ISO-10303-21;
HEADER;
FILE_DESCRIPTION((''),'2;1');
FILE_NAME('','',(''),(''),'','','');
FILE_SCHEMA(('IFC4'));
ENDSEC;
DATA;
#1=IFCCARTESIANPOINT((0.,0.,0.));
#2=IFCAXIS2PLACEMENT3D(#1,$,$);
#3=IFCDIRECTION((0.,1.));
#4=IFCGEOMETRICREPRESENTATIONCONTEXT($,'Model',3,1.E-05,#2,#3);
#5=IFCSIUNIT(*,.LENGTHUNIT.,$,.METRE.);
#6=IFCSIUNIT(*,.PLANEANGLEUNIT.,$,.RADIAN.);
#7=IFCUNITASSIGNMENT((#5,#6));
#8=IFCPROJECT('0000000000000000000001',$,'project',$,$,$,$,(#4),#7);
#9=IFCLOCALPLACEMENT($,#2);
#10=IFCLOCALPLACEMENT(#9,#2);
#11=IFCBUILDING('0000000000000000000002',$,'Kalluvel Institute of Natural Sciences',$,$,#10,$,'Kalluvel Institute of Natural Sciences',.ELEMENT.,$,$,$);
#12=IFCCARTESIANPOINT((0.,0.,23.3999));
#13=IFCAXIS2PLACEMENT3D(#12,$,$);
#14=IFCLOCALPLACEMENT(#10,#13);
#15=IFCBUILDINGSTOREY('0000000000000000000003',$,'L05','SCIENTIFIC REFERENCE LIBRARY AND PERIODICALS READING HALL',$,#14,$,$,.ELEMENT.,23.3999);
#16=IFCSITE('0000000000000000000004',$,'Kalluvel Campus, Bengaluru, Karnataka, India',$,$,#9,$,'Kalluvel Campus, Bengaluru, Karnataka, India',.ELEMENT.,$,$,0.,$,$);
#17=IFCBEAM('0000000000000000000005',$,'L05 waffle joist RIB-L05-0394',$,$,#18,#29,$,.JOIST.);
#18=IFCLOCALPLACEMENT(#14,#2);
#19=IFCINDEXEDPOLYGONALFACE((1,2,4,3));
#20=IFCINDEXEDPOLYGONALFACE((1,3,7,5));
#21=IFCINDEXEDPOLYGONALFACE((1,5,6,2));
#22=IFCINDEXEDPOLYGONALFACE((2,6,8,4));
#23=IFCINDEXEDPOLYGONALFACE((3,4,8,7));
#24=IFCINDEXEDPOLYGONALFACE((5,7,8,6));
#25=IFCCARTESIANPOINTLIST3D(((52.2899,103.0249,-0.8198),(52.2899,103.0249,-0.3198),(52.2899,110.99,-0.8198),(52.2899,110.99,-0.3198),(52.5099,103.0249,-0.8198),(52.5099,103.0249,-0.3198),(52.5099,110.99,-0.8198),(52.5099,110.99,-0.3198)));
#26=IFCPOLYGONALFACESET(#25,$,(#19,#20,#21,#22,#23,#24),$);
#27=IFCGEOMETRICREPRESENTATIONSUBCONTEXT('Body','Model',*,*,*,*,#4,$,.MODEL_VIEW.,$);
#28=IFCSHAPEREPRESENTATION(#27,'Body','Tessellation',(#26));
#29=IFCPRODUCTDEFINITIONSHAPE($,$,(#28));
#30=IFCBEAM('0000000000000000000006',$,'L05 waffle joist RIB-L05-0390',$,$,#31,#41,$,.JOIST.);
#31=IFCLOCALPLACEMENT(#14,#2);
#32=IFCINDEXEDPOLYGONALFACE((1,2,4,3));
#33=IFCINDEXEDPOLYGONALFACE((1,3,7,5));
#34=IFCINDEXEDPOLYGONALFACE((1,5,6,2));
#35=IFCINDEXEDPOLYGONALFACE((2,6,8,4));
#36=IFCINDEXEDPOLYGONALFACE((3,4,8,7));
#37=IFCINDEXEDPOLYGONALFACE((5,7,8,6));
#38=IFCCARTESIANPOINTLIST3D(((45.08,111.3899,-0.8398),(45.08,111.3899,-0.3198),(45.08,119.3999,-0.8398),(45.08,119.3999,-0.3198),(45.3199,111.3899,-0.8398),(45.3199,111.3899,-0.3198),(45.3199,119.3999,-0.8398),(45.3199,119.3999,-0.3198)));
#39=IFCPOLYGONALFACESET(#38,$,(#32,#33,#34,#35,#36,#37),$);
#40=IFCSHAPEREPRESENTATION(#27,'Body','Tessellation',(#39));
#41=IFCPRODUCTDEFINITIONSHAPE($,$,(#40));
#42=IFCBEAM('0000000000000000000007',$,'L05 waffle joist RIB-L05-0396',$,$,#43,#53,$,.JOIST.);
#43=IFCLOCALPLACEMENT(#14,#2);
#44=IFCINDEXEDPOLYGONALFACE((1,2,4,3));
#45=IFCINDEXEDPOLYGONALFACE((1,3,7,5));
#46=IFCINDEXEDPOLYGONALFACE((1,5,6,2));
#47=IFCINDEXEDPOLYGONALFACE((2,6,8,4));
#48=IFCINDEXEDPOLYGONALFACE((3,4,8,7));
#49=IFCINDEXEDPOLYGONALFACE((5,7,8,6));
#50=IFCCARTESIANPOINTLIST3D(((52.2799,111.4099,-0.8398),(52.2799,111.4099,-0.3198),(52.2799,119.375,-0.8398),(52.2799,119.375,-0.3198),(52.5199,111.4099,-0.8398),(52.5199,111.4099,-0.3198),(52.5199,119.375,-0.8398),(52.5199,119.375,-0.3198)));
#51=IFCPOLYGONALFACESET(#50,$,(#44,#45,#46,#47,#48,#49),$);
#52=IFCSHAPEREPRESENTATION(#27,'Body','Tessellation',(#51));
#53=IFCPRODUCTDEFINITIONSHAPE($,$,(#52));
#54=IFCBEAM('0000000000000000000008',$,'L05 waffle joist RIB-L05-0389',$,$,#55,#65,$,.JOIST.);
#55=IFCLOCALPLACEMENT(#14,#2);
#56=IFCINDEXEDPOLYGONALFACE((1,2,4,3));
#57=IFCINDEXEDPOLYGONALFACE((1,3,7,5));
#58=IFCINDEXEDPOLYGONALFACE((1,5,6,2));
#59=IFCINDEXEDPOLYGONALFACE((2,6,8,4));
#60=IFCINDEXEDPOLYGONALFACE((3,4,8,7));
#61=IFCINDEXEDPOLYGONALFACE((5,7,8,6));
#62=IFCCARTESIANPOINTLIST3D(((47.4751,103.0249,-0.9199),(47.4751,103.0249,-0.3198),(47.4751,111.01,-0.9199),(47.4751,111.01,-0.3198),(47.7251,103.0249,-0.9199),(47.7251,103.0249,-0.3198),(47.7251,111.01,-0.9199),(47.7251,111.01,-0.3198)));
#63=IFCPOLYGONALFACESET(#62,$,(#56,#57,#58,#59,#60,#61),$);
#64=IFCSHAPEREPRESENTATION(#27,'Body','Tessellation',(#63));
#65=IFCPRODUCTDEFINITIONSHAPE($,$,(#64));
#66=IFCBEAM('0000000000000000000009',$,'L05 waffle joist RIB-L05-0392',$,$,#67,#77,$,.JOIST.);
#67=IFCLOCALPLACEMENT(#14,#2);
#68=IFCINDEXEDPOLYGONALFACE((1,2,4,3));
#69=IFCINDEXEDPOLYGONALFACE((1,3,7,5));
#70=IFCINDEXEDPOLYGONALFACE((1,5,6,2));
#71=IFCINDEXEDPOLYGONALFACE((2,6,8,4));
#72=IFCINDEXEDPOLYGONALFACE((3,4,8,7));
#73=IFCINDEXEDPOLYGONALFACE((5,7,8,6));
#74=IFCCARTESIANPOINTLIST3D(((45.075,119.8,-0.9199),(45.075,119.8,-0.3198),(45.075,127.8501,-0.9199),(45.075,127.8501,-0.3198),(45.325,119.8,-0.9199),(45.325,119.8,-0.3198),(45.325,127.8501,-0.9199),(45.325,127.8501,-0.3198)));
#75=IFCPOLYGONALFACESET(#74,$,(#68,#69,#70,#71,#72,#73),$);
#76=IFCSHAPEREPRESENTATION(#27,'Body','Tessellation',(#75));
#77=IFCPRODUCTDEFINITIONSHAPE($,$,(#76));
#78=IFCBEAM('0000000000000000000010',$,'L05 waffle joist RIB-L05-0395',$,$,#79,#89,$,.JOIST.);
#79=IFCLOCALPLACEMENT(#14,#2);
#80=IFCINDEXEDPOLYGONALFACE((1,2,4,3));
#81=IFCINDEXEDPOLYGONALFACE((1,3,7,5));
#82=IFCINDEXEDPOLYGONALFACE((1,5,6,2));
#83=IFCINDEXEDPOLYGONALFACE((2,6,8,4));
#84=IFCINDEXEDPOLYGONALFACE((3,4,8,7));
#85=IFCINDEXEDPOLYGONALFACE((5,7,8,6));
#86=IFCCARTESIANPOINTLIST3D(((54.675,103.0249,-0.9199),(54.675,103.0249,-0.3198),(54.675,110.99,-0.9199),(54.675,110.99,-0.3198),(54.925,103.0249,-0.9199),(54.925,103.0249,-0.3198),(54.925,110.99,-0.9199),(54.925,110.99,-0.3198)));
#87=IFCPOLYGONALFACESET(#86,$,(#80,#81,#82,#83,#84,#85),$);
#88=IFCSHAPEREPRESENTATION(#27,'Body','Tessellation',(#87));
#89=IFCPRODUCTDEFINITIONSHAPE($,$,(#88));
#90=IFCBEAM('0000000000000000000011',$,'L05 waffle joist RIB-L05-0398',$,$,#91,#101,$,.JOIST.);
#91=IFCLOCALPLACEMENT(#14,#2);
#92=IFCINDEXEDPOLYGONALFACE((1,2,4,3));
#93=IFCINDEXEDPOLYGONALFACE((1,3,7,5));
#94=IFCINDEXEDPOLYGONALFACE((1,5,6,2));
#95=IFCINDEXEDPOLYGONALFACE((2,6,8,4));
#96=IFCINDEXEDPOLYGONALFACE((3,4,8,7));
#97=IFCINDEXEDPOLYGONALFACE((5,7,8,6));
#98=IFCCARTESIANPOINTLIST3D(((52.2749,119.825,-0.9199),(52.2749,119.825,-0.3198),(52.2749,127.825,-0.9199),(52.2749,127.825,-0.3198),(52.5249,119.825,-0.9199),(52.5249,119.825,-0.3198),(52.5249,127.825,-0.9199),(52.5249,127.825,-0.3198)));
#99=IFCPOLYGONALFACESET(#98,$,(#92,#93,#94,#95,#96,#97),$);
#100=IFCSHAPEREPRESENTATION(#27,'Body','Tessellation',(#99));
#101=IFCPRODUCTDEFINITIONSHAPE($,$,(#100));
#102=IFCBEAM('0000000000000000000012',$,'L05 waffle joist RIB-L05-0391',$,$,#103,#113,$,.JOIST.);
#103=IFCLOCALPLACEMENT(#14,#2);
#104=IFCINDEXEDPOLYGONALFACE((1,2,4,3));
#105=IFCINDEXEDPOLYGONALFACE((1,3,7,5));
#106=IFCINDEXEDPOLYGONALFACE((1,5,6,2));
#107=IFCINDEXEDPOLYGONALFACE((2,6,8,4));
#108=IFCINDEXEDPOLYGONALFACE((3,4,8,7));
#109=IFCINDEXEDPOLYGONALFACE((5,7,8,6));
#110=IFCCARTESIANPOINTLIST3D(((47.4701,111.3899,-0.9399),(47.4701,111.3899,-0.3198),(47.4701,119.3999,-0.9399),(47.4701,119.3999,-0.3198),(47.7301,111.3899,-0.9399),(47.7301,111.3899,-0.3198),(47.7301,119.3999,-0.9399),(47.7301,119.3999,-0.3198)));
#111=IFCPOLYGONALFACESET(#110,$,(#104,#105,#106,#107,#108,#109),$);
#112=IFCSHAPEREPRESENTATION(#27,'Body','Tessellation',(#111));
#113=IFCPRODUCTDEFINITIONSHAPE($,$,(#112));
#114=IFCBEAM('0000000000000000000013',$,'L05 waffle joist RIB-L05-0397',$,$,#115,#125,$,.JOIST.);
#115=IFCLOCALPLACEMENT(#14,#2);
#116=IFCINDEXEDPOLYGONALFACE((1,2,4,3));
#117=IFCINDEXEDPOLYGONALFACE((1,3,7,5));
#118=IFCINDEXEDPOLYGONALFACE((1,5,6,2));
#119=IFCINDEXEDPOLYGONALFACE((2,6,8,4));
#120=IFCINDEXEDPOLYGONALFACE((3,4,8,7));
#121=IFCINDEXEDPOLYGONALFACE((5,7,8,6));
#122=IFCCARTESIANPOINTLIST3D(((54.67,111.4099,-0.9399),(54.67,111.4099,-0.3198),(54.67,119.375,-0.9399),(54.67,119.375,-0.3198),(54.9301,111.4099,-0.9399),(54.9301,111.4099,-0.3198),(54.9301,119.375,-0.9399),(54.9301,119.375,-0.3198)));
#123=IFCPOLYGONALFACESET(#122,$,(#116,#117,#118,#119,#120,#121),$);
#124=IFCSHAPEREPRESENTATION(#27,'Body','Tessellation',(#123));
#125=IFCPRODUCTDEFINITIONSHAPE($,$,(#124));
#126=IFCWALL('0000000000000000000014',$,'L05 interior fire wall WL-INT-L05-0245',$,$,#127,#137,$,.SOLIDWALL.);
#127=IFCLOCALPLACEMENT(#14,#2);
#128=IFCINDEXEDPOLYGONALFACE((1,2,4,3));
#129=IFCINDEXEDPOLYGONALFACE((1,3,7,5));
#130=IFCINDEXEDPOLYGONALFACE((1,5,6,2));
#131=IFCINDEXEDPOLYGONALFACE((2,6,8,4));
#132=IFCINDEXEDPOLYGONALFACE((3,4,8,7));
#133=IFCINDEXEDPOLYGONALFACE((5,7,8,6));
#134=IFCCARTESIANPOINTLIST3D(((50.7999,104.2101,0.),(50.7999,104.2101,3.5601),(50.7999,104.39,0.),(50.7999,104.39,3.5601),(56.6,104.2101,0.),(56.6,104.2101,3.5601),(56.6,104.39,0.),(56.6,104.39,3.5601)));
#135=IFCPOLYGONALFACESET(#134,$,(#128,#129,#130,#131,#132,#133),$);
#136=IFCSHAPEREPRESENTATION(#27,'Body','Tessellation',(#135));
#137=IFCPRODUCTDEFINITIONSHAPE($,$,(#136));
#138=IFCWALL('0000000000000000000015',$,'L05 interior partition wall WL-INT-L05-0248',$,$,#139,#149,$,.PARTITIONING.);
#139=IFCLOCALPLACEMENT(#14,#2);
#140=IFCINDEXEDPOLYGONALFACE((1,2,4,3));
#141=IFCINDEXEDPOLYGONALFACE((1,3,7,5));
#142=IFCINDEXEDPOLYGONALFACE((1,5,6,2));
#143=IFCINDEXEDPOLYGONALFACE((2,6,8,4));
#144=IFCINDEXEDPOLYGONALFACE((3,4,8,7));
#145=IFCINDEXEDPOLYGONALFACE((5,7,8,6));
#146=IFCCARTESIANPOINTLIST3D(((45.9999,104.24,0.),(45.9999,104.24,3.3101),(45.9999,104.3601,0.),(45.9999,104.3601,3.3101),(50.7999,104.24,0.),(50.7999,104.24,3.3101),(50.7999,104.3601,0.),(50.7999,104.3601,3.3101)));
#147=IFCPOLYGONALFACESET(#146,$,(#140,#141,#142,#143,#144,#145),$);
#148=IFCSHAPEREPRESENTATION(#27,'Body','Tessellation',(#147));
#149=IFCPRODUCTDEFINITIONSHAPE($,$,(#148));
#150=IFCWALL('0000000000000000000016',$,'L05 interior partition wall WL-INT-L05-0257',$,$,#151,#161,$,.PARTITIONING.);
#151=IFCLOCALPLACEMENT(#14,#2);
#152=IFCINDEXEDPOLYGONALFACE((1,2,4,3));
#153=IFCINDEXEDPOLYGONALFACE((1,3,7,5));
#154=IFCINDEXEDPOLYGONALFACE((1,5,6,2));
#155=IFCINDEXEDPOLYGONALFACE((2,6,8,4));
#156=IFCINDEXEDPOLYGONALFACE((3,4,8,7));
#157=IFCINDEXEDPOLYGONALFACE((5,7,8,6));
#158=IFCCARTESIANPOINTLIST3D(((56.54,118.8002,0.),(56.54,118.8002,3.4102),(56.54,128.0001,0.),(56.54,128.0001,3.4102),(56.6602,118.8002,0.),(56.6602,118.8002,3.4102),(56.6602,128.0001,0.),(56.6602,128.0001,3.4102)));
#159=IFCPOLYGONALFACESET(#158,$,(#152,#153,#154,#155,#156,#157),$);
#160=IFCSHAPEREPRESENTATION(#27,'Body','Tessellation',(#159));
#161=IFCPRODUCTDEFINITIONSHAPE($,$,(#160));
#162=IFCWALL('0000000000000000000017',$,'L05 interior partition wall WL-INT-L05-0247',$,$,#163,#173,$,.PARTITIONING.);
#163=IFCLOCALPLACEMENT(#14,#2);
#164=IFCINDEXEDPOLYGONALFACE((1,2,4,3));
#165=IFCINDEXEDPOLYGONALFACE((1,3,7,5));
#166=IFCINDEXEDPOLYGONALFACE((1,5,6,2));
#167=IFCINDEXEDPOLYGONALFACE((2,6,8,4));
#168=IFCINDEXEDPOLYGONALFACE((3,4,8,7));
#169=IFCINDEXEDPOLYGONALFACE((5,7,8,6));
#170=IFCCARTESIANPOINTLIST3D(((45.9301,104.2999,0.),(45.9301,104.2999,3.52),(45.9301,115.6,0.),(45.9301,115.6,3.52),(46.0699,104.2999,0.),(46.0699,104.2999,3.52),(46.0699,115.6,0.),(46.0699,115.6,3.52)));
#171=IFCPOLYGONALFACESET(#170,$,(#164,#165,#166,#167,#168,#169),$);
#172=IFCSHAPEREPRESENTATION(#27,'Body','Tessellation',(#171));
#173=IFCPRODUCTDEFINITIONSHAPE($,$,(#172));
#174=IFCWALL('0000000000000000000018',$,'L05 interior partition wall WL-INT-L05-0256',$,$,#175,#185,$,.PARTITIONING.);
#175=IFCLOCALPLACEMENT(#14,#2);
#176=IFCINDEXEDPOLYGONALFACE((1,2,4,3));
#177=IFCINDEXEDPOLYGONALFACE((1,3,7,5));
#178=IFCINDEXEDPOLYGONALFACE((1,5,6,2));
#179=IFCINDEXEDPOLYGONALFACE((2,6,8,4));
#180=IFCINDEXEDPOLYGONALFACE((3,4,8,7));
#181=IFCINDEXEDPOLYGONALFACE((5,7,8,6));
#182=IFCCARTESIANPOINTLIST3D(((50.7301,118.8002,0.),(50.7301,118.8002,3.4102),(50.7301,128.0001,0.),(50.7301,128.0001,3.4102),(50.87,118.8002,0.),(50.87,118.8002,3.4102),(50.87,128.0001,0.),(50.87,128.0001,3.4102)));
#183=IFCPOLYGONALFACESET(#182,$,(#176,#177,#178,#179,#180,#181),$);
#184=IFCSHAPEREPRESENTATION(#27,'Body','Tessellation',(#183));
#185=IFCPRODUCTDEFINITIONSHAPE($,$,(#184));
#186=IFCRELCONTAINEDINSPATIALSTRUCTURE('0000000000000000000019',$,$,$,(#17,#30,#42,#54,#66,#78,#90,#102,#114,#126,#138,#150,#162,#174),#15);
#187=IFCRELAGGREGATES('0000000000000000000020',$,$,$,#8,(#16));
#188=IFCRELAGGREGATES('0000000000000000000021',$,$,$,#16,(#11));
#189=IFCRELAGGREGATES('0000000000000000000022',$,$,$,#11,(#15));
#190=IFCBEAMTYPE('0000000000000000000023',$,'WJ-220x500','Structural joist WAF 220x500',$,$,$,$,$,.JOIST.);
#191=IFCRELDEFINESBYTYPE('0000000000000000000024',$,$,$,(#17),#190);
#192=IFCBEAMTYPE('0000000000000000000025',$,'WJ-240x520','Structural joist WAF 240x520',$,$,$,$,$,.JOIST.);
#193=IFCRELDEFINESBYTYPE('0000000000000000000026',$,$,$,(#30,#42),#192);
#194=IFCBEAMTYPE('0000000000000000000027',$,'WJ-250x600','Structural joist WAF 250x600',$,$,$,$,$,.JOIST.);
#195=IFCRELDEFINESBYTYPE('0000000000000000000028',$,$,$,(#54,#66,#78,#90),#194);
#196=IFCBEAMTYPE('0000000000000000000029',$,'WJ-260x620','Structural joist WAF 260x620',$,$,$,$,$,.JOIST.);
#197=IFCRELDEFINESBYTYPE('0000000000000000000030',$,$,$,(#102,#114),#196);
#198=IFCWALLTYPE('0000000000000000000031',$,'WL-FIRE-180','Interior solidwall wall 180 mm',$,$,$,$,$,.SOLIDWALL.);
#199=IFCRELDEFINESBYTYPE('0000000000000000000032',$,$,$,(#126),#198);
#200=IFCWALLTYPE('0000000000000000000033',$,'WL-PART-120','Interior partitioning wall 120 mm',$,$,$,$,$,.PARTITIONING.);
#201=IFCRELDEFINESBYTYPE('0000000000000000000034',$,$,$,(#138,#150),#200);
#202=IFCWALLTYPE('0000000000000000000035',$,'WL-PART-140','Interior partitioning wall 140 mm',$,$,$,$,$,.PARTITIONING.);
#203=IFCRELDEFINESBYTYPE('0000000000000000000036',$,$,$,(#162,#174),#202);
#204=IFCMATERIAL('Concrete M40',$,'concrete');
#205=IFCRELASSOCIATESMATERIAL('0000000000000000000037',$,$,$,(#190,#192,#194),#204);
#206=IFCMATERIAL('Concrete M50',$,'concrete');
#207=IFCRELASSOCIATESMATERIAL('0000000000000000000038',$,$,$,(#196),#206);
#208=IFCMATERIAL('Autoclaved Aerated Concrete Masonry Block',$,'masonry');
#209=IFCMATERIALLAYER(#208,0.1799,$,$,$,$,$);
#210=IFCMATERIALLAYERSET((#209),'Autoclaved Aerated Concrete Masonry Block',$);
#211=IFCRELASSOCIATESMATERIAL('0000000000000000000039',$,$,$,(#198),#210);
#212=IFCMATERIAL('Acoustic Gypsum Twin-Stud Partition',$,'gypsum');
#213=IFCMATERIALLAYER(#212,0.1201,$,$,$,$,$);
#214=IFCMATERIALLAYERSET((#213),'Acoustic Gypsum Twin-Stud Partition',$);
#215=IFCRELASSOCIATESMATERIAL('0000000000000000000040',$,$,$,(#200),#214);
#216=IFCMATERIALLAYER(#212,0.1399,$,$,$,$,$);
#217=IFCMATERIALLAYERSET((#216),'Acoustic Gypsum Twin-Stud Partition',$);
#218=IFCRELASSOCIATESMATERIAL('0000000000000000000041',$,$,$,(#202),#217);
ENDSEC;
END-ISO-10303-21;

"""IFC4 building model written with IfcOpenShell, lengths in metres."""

from ifc_helpers import new_model, si_unit, direction, frame, frame_2d, origin, origin_2d, place, context, subcontext, project, spatial, rectangle, extrude, material, layer, layer_set, material_profile, profile_set, type_object, element, save


model = new_model("IFC4")

# Units and contexts
model_context = context("Model", 3, precision=1e-05, world=origin(), true_north=direction((0.0, 1.0)))
body_context = subcontext(model_context, "Body", "Model", "MODEL_VIEW")
ifc_project = project(units=[si_unit("LENGTHUNIT", "METRE"), si_unit("PLANEANGLEUNIT", "RADIAN")], contexts=[model_context])

# Site, building, storey
site_placement = place(None, origin())
site = spatial("IfcSite", under=ifc_project, at=site_placement, Name="Kalluvel Campus, Bengaluru, Karnataka, India", LongName="Kalluvel Campus, Bengaluru, Karnataka, India", CompositionType="ELEMENT", RefElevation=0.0)
building_placement = place(site_placement, origin())
building = spatial("IfcBuilding", under=site, at=building_placement, Name="Kalluvel Institute of Natural Sciences", LongName="Kalluvel Institute of Natural Sciences", CompositionType="ELEMENT")
storey_placement = place(building_placement, frame((0.0, 0.0, 23.3999)))
storey = spatial("IfcBuildingStorey", under=building, at=storey_placement, Name="L05", Description="SCIENTIFIC REFERENCE LIBRARY AND PERIODICALS READING HALL", CompositionType="ELEMENT", Elevation=23.3999)

# Shared definitions
ifc_material_1 = material(Name="Concrete M50", Category="concrete")
ifc_material_2 = material(Name="Concrete M40", Category="concrete")

# Beams
ifc_material_profile_1 = material_profile(ifc_material_2, rectangle(XDim=0.22, YDim=0.5, at=origin_2d()), Name="WAF 220x500")
ifc_profile_set_1 = profile_set([ifc_material_profile_1], Name="Concrete M40")
beam_type_1 = type_object("IfcBeamType", Name="WJ-220x500", Description="Structural joist WAF 220x500", PredefinedType="JOIST", material=ifc_profile_set_1)
beam_1_placement = place(storey_placement, frame((52.3999, 103.0249, -0.5698), z_axis=(0.0, 1.0, 0.0), x_axis=(-1.0, 0.0, 0.0)))
element("IfcBeam", 1, at=beam_1_placement, inside=storey, type_object=beam_type_1, Name="L05 waffle joist RIB-L05-0394", PredefinedType="JOIST", context=body_context, shape_type="SweptSolid", body=[
    extrude(rectangle(XDim=0.22, YDim=0.5, at=origin_2d()), origin(), (0.0, 0.0, 1.0), 7.9651),
])
ifc_material_profile_2 = material_profile(ifc_material_2, rectangle(XDim=0.24, YDim=0.52, at=origin_2d()), Name="WAF 240x520")
ifc_profile_set_2 = profile_set([ifc_material_profile_2], Name="Concrete M40")
beam_type_2 = type_object("IfcBeamType", Name="WJ-240x520", Description="Structural joist WAF 240x520", PredefinedType="JOIST", material=ifc_profile_set_2)
beam_2_placement = place(storey_placement, frame((45.2, 111.3899, -0.5798), z_axis=(0.0, 1.0, 0.0), x_axis=(-1.0, 0.0, 0.0)))
element("IfcBeam", 2, at=beam_2_placement, inside=storey, type_object=beam_type_2, Name="L05 waffle joist RIB-L05-0390", PredefinedType="JOIST", context=body_context, shape_type="SweptSolid", body=[
    extrude(rectangle(XDim=0.24, YDim=0.52, at=origin_2d()), origin(), (0.0, 0.0, 1.0), 8.01),
])
beam_3_placement = place(storey_placement, frame((52.3999, 111.4099, -0.5798), z_axis=(0.0, 1.0, 0.0), x_axis=(-1.0, 0.0, 0.0)))
element("IfcBeam", 3, at=beam_3_placement, inside=storey, type_object=beam_type_2, Name="L05 waffle joist RIB-L05-0396", PredefinedType="JOIST", context=body_context, shape_type="SweptSolid", body=[
    extrude(rectangle(XDim=0.24, YDim=0.52, at=origin_2d()), origin(), (0.0, 0.0, 1.0), 7.9651),
])
ifc_material_profile_3 = material_profile(ifc_material_2, rectangle(XDim=0.25, YDim=0.6001, at=origin_2d()), Name="WAF 250x600")
ifc_profile_set_3 = profile_set([ifc_material_profile_3], Name="Concrete M40")
beam_type_3 = type_object("IfcBeamType", Name="WJ-250x600", Description="Structural joist WAF 250x600", PredefinedType="JOIST", material=ifc_profile_set_3)
beam_4_placement = place(storey_placement, frame((47.6001, 103.0249, -0.6199), z_axis=(0.0, 1.0, 0.0), x_axis=(-1.0, 0.0, 0.0)))
element("IfcBeam", 4, at=beam_4_placement, inside=storey, type_object=beam_type_3, Name="L05 waffle joist RIB-L05-0389", PredefinedType="JOIST", context=body_context, shape_type="SweptSolid", body=[
    extrude(rectangle(XDim=0.25, YDim=0.6001, at=origin_2d()), origin(), (0.0, 0.0, 1.0), 7.9851),
])
beam_5_placement = place(storey_placement, frame((45.2, 119.8, -0.6199), z_axis=(0.0, 1.0, 0.0), x_axis=(-1.0, 0.0, 0.0)))
element("IfcBeam", 5, at=beam_5_placement, inside=storey, type_object=beam_type_3, Name="L05 waffle joist RIB-L05-0392", PredefinedType="JOIST", context=body_context, shape_type="SweptSolid", body=[
    extrude(rectangle(XDim=0.25, YDim=0.6001, at=origin_2d()), origin(), (0.0, 0.0, 1.0), 8.05),
])
beam_6_placement = place(storey_placement, frame((54.8, 103.0249, -0.6199), z_axis=(0.0, 1.0, 0.0), x_axis=(-1.0, 0.0, 0.0)))
element("IfcBeam", 6, at=beam_6_placement, inside=storey, type_object=beam_type_3, Name="L05 waffle joist RIB-L05-0395", PredefinedType="JOIST", context=body_context, shape_type="SweptSolid", body=[
    extrude(rectangle(XDim=0.25, YDim=0.6001, at=origin_2d()), origin(), (0.0, 0.0, 1.0), 7.9651),
])
beam_7_placement = place(storey_placement, frame((52.3999, 119.825, -0.6199), z_axis=(0.0, 1.0, 0.0), x_axis=(-1.0, 0.0, 0.0)))
element("IfcBeam", 7, at=beam_7_placement, inside=storey, type_object=beam_type_3, Name="L05 waffle joist RIB-L05-0398", PredefinedType="JOIST", context=body_context, shape_type="SweptSolid", body=[
    extrude(rectangle(XDim=0.25, YDim=0.6001, at=origin_2d()), origin(), (0.0, 0.0, 1.0), 8.0),
])
ifc_material_profile_4 = material_profile(ifc_material_1, rectangle(XDim=0.26, YDim=0.6201, at=origin_2d()), Name="WAF 260x620")
ifc_profile_set_4 = profile_set([ifc_material_profile_4], Name="Concrete M50")
beam_type_4 = type_object("IfcBeamType", Name="WJ-260x620", Description="Structural joist WAF 260x620", PredefinedType="JOIST", material=ifc_profile_set_4)
beam_8_placement = place(storey_placement, frame((47.6001, 111.3899, -0.6299), z_axis=(0.0, 1.0, 0.0), x_axis=(-1.0, 0.0, 0.0)))
element("IfcBeam", 8, at=beam_8_placement, inside=storey, type_object=beam_type_4, Name="L05 waffle joist RIB-L05-0391", PredefinedType="JOIST", context=body_context, shape_type="SweptSolid", body=[
    extrude(rectangle(XDim=0.26, YDim=0.6201, at=origin_2d()), origin(), (0.0, 0.0, 1.0), 8.01),
])
beam_9_placement = place(storey_placement, frame((54.8, 111.4099, -0.6299), z_axis=(0.0, 1.0, 0.0), x_axis=(-1.0, 0.0, 0.0)))
element("IfcBeam", 9, at=beam_9_placement, inside=storey, type_object=beam_type_4, Name="L05 waffle joist RIB-L05-0397", PredefinedType="JOIST", context=body_context, shape_type="SweptSolid", body=[
    extrude(rectangle(XDim=0.26, YDim=0.6201, at=origin_2d()), origin(), (0.0, 0.0, 1.0), 7.9651),
])

# Walls
ifc_material_3 = material(Name="Autoclaved Aerated Concrete Masonry Block", Category="masonry")
ifc_layer_1 = layer(ifc_material_3, 0.1799)
ifc_layer_set_1 = layer_set([ifc_layer_1], Name="Autoclaved Aerated Concrete Masonry Block")
wall_type_1 = type_object("IfcWallType", Name="WL-FIRE-180", Description="Interior solidwall wall 180 mm", PredefinedType="SOLIDWALL", material=ifc_layer_set_1)
wall_1_placement = place(storey_placement, frame((50.8, 104.3, 0.0), z_axis=(0.0, 0.0, 1.0), x_axis=(1.0, 0.0, 0.0)))
element("IfcWall", 10, at=wall_1_placement, inside=storey, type_object=wall_type_1, Name="L05 interior fire wall WL-INT-L05-0245", PredefinedType="SOLIDWALL", context=body_context, shape_type="SweptSolid", body=[
    extrude(rectangle(XDim=5.8, YDim=0.1799, at=frame_2d((2.8999, 0.0))), origin(), (0.0, 0.0, 1.0), 3.5601),
])
ifc_material_4 = material(Name="Acoustic Gypsum Twin-Stud Partition", Category="gypsum")
ifc_layer_2 = layer(ifc_material_4, 0.1201)
ifc_layer_set_2 = layer_set([ifc_layer_2], Name="Acoustic Gypsum Twin-Stud Partition")
wall_type_2 = type_object("IfcWallType", Name="WL-PART-120", Description="Interior partitioning wall 120 mm", PredefinedType="PARTITIONING", material=ifc_layer_set_2)
wall_2_placement = place(storey_placement, frame((46.0, 104.3, 0.0), z_axis=(0.0, 0.0, 1.0), x_axis=(1.0, 0.0, 0.0)))
element("IfcWall", 11, at=wall_2_placement, inside=storey, type_object=wall_type_2, Name="L05 interior partition wall WL-INT-L05-0248", PredefinedType="PARTITIONING", context=body_context, shape_type="SweptSolid", body=[
    extrude(rectangle(XDim=4.8, YDim=0.1201, at=frame_2d((2.3999, 0.0))), origin(), (0.0, 0.0, 1.0), 3.3101),
])
wall_3_placement = place(storey_placement, frame((56.6001, 118.8, 0.0), z_axis=(0.0, 0.0, 1.0), x_axis=(0.0, 1.0, 0.0)))
element("IfcWall", 12, at=wall_3_placement, inside=storey, type_object=wall_type_2, Name="L05 interior partition wall WL-INT-L05-0257", PredefinedType="PARTITIONING", context=body_context, shape_type="SweptSolid", body=[
    extrude(rectangle(XDim=9.2, YDim=0.1201, at=frame_2d((4.6001, 0.0))), origin(), (0.0, 0.0, 1.0), 3.4102),
])
ifc_layer_3 = layer(ifc_material_4, 0.1399)
ifc_layer_set_3 = layer_set([ifc_layer_3], Name="Acoustic Gypsum Twin-Stud Partition")
wall_type_3 = type_object("IfcWallType", Name="WL-PART-140", Description="Interior partitioning wall 140 mm", PredefinedType="PARTITIONING", material=ifc_layer_set_3)
wall_4_placement = place(storey_placement, frame((46.0, 104.3, 0.0), z_axis=(0.0, 0.0, 1.0), x_axis=(0.0, 1.0, 0.0)))
element("IfcWall", 13, at=wall_4_placement, inside=storey, type_object=wall_type_3, Name="L05 interior partition wall WL-INT-L05-0247", PredefinedType="PARTITIONING", context=body_context, shape_type="SweptSolid", body=[
    extrude(rectangle(XDim=11.3, YDim=0.1399, at=frame_2d((5.6499, 0.0))), origin(), (0.0, 0.0, 1.0), 3.52),
])
wall_5_placement = place(storey_placement, frame((50.8, 118.8, 0.0), z_axis=(0.0, 0.0, 1.0), x_axis=(0.0, 1.0, 0.0)))
element("IfcWall", 14, at=wall_5_placement, inside=storey, type_object=wall_type_3, Name="L05 interior partition wall WL-INT-L05-0256", PredefinedType="PARTITIONING", context=body_context, shape_type="SweptSolid", body=[
    extrude(rectangle(XDim=9.2, YDim=0.1399, at=frame_2d((4.6001, 0.0))), origin(), (0.0, 0.0, 1.0), 3.4102),
])

save(model, "model.ifc")
